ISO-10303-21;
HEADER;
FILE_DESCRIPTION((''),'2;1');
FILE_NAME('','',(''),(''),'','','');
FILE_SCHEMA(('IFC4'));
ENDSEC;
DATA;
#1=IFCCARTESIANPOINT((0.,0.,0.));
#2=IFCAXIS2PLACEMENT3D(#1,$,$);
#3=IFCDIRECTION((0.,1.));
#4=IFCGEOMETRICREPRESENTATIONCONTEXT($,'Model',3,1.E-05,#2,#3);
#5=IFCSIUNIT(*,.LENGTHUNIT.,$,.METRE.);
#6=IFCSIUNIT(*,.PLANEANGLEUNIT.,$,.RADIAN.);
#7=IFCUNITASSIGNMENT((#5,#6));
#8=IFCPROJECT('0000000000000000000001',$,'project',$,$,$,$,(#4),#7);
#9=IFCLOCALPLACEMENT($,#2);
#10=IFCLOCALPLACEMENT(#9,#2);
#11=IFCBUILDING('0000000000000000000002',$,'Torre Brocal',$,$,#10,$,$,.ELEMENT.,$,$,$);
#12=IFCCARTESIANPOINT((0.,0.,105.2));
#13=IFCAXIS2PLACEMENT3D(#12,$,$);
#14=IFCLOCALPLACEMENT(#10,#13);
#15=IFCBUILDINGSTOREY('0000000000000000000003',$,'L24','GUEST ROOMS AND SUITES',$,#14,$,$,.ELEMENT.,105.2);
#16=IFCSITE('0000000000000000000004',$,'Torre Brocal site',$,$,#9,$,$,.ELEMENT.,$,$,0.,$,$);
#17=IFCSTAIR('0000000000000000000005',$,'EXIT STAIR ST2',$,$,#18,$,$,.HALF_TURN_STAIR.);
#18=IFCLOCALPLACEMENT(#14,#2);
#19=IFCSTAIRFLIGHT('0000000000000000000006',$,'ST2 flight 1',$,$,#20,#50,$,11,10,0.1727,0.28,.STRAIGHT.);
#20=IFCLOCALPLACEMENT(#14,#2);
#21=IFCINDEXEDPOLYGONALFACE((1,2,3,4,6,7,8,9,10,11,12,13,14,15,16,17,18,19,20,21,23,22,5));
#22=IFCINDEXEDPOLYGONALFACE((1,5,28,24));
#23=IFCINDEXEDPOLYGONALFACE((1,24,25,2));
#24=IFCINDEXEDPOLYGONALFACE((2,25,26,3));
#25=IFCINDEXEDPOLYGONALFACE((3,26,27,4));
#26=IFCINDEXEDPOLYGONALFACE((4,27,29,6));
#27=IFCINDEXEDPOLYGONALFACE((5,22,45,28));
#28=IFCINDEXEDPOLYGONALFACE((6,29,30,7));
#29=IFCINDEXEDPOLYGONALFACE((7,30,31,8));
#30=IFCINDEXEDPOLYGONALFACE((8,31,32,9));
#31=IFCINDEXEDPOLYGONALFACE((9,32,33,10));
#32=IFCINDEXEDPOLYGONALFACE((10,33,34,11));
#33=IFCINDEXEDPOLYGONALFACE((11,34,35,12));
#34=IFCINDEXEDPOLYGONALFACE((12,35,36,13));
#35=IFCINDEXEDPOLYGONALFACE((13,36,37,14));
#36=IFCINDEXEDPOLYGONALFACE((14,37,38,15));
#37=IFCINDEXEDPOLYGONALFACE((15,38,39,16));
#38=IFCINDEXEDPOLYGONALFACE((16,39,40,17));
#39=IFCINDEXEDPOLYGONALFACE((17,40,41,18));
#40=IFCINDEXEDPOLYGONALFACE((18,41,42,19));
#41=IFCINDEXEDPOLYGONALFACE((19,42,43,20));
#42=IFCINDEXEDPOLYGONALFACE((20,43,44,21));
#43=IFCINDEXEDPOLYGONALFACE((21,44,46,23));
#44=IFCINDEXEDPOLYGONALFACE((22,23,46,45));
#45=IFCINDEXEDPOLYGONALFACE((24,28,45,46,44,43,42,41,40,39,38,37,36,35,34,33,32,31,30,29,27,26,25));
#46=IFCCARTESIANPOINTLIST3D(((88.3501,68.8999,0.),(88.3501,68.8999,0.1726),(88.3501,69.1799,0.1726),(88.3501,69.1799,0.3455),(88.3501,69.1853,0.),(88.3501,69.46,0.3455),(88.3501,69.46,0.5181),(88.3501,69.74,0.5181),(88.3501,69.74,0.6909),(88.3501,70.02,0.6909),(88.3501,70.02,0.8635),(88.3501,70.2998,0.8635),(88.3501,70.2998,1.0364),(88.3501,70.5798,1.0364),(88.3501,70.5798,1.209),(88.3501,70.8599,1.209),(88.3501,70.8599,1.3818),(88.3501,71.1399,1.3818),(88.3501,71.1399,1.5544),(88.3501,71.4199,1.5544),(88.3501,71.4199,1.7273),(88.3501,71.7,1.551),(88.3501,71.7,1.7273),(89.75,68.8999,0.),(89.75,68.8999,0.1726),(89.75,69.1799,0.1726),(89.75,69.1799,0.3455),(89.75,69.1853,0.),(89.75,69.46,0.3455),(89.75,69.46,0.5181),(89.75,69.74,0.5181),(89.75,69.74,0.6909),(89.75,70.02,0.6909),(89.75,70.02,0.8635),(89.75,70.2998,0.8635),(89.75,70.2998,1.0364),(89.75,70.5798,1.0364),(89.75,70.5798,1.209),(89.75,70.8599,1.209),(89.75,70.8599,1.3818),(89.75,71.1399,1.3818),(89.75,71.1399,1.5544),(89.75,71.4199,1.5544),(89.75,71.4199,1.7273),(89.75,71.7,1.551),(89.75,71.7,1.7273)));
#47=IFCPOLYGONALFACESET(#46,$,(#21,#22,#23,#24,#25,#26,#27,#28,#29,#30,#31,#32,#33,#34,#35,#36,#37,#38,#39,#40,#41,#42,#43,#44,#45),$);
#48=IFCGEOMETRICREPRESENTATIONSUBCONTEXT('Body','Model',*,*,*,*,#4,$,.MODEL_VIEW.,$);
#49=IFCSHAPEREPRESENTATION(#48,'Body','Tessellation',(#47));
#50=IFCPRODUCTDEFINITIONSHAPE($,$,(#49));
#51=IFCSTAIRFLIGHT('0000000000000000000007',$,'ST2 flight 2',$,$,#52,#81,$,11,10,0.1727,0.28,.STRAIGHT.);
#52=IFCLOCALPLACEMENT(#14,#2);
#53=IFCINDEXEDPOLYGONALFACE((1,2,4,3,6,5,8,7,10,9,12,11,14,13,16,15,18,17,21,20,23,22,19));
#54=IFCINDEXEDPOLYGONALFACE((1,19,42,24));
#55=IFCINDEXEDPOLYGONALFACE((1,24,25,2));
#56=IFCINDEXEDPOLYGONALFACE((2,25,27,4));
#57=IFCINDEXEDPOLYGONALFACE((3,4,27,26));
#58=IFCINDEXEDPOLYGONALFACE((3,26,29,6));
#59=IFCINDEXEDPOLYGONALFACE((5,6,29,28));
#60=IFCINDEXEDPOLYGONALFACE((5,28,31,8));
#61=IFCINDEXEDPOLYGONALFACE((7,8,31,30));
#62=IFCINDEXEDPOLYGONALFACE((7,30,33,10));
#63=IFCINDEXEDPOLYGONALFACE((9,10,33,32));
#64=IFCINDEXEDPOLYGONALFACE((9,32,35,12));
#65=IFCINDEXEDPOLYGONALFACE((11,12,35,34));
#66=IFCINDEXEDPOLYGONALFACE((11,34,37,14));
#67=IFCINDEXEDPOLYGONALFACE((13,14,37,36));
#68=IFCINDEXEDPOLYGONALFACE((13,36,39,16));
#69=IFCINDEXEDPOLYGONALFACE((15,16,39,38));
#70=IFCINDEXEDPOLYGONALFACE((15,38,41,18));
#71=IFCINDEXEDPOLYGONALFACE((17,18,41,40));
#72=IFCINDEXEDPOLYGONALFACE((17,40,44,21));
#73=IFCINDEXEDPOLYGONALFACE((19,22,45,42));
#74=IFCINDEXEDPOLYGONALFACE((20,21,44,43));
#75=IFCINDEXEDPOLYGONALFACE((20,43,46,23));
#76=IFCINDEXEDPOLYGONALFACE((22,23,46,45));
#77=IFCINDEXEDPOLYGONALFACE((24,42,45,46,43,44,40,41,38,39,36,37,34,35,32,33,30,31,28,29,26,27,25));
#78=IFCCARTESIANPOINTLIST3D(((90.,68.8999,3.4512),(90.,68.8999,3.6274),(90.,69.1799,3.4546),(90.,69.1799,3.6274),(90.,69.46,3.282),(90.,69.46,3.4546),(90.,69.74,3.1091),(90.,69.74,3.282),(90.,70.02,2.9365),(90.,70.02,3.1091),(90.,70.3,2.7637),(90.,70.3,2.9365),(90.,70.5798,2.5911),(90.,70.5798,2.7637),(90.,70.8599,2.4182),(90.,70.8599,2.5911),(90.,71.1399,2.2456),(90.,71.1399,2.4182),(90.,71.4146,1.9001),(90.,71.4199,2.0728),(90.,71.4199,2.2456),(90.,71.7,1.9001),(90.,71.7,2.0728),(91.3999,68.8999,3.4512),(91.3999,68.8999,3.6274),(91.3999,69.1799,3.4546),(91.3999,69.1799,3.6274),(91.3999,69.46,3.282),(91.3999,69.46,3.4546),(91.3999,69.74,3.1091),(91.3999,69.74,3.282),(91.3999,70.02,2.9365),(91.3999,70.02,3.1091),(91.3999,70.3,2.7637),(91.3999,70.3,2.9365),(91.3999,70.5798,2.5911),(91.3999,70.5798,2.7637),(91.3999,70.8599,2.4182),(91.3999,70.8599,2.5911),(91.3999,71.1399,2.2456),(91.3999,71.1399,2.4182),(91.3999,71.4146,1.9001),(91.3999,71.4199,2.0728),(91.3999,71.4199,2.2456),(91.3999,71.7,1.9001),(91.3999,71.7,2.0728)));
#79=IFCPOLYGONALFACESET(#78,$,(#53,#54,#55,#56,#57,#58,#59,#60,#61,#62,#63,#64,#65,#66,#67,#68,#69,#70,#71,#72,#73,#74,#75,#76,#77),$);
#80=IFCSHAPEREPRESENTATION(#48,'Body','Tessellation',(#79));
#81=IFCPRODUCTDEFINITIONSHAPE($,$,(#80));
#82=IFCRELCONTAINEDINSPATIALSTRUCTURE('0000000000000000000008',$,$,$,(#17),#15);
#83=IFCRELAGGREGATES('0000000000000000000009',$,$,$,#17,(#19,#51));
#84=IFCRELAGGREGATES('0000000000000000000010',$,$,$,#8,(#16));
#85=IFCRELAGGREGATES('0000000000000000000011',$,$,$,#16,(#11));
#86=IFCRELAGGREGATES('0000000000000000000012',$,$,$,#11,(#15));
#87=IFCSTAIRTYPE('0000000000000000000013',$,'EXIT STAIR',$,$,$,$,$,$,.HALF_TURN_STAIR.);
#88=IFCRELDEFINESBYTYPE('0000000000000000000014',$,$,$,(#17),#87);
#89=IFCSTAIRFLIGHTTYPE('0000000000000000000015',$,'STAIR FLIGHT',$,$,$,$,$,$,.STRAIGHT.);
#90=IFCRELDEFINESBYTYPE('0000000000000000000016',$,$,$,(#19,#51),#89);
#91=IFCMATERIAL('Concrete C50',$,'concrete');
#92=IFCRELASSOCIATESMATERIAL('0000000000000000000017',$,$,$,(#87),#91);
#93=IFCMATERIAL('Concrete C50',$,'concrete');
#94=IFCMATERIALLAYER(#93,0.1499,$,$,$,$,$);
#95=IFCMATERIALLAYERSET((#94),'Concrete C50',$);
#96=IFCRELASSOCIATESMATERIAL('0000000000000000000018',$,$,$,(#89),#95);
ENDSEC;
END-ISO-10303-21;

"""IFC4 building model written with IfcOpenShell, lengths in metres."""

from ifc_helpers import new_model, si_unit, direction, frame, origin, place, context, subcontext, project, spatial, polyline, outline, extrude, material, layer, layer_set, type_object, element, aggregate, save


model = new_model("IFC4")

# Units and contexts
model_context = context("Model", 3, precision=1e-05, world=origin(), true_north=direction((0.0, 1.0)))
body_context = subcontext(model_context, "Body", "Model", "MODEL_VIEW")
ifc_project = project(units=[si_unit("LENGTHUNIT", "METRE"), si_unit("PLANEANGLEUNIT", "RADIAN")], contexts=[model_context])

# Site, building, storey
site_placement = place(None, origin())
site = spatial("IfcSite", under=ifc_project, at=site_placement, Name="Torre Brocal site", CompositionType="ELEMENT", RefElevation=0.0)
building_placement = place(site_placement, origin())
building = spatial("IfcBuilding", under=site, at=building_placement, Name="Torre Brocal", CompositionType="ELEMENT")
storey_placement = place(building_placement, frame((0.0, 0.0, 105.2)))
storey = spatial("IfcBuildingStorey", under=building, at=storey_placement, Name="L24", Description="GUEST ROOMS AND SUITES", CompositionType="ELEMENT", Elevation=105.2)

# Stair, stair flights
ifc_material_1 = material(Name="Concrete C50", Category="concrete")
stair_type = type_object("IfcStairType", Name="EXIT STAIR", PredefinedType="HALF_TURN_STAIR", material=ifc_material_1)
stair_placement = place(storey_placement, origin())
stair = element("IfcStair", 1, at=stair_placement, inside=storey, type_object=stair_type, Name="EXIT STAIR ST2", PredefinedType="HALF_TURN_STAIR")
ifc_material_2 = material(Name="Concrete C50", Category="concrete")
ifc_layer_1 = layer(ifc_material_2, 0.1499)
ifc_layer_set_1 = layer_set([ifc_layer_1], Name="Concrete C50")
stair_flight_type = type_object("IfcStairFlightType", Name="STAIR FLIGHT", PredefinedType="STRAIGHT", material=ifc_layer_set_1)
stair_flight_1_placement = place(storey_placement, frame((89.05, 68.8999, 0.0), z_axis=(0.0, 0.0, 1.0), x_axis=(0.0, 1.0, 0.0)))
stair_flight_1 = element("IfcStairFlight", 2, at=stair_flight_1_placement, type_object=stair_flight_type, Name="ST2 flight 1", NumberOfRisers=11, NumberOfTreads=10, PredefinedType="STRAIGHT", RiserHeight=0.1727, TreadLength=0.28, context=body_context, shape_type="SweptSolid", body=[
    extrude(outline(polyline([(0.0, 0.0), (0.0, 0.1726), (0.28, 0.1726), (0.28, 0.3455), (0.5601, 0.3455), (0.5601, 0.5181), (0.8401, 0.5181), (0.8401, 0.6909), (1.1201, 0.6909), (1.1201, 0.8635), (1.3999, 0.8635), (1.3999, 1.0364), (1.6799, 1.0364), (1.6799, 1.209), (1.96, 1.209), (1.96, 1.3818), (2.24, 1.3818), (2.24, 1.5544), (2.52, 1.5544), (2.52, 1.7273), (2.8, 1.7273), (2.8, 1.8999), (2.8, 1.551), (0.2854, 0.0), (0.0, 0.0)])), frame((0.0, 0.7, 0.0), z_axis=(0.0, -1.0, 0.0), x_axis=(1.0, 0.0, 0.0)), (0.0, 0.0, 1.0), 1.3999),
])
stair_flight_2_placement = place(storey_placement, frame((90.7, 71.7, 1.9001), z_axis=(0.0, 0.0, 1.0), x_axis=(0.0, -1.0, 0.0)))
stair_flight_2 = element("IfcStairFlight", 3, at=stair_flight_2_placement, type_object=stair_flight_type, Name="ST2 flight 2", NumberOfRisers=11, NumberOfTreads=10, PredefinedType="STRAIGHT", RiserHeight=0.1727, TreadLength=0.28, context=body_context, shape_type="SweptSolid", body=[
    extrude(outline(polyline([(0.0, 0.0), (0.0, 0.1726), (0.28, 0.1726), (0.28, 0.3455), (0.5601, 0.3455), (0.5601, 0.5181), (0.8401, 0.5181), (0.8401, 0.6909), (1.1201, 0.6909), (1.1201, 0.8635), (1.3999, 0.8635), (1.3999, 1.0364), (1.6799, 1.0364), (1.6799, 1.209), (1.96, 1.209), (1.96, 1.3818), (2.24, 1.3818), (2.24, 1.5544), (2.52, 1.5544), (2.52, 1.7273), (2.8, 1.7273), (2.8, 1.8999), (2.8, 1.551), (0.2854, 0.0), (0.0, 0.0)])), frame((0.0, 0.7, 0.0), z_axis=(0.0, -1.0, 0.0), x_axis=(1.0, 0.0, 0.0)), (0.0, 0.0, 1.0), 1.3999),
])
aggregate(stair, [stair_flight_1, stair_flight_2])

save(model, "model.ifc")
